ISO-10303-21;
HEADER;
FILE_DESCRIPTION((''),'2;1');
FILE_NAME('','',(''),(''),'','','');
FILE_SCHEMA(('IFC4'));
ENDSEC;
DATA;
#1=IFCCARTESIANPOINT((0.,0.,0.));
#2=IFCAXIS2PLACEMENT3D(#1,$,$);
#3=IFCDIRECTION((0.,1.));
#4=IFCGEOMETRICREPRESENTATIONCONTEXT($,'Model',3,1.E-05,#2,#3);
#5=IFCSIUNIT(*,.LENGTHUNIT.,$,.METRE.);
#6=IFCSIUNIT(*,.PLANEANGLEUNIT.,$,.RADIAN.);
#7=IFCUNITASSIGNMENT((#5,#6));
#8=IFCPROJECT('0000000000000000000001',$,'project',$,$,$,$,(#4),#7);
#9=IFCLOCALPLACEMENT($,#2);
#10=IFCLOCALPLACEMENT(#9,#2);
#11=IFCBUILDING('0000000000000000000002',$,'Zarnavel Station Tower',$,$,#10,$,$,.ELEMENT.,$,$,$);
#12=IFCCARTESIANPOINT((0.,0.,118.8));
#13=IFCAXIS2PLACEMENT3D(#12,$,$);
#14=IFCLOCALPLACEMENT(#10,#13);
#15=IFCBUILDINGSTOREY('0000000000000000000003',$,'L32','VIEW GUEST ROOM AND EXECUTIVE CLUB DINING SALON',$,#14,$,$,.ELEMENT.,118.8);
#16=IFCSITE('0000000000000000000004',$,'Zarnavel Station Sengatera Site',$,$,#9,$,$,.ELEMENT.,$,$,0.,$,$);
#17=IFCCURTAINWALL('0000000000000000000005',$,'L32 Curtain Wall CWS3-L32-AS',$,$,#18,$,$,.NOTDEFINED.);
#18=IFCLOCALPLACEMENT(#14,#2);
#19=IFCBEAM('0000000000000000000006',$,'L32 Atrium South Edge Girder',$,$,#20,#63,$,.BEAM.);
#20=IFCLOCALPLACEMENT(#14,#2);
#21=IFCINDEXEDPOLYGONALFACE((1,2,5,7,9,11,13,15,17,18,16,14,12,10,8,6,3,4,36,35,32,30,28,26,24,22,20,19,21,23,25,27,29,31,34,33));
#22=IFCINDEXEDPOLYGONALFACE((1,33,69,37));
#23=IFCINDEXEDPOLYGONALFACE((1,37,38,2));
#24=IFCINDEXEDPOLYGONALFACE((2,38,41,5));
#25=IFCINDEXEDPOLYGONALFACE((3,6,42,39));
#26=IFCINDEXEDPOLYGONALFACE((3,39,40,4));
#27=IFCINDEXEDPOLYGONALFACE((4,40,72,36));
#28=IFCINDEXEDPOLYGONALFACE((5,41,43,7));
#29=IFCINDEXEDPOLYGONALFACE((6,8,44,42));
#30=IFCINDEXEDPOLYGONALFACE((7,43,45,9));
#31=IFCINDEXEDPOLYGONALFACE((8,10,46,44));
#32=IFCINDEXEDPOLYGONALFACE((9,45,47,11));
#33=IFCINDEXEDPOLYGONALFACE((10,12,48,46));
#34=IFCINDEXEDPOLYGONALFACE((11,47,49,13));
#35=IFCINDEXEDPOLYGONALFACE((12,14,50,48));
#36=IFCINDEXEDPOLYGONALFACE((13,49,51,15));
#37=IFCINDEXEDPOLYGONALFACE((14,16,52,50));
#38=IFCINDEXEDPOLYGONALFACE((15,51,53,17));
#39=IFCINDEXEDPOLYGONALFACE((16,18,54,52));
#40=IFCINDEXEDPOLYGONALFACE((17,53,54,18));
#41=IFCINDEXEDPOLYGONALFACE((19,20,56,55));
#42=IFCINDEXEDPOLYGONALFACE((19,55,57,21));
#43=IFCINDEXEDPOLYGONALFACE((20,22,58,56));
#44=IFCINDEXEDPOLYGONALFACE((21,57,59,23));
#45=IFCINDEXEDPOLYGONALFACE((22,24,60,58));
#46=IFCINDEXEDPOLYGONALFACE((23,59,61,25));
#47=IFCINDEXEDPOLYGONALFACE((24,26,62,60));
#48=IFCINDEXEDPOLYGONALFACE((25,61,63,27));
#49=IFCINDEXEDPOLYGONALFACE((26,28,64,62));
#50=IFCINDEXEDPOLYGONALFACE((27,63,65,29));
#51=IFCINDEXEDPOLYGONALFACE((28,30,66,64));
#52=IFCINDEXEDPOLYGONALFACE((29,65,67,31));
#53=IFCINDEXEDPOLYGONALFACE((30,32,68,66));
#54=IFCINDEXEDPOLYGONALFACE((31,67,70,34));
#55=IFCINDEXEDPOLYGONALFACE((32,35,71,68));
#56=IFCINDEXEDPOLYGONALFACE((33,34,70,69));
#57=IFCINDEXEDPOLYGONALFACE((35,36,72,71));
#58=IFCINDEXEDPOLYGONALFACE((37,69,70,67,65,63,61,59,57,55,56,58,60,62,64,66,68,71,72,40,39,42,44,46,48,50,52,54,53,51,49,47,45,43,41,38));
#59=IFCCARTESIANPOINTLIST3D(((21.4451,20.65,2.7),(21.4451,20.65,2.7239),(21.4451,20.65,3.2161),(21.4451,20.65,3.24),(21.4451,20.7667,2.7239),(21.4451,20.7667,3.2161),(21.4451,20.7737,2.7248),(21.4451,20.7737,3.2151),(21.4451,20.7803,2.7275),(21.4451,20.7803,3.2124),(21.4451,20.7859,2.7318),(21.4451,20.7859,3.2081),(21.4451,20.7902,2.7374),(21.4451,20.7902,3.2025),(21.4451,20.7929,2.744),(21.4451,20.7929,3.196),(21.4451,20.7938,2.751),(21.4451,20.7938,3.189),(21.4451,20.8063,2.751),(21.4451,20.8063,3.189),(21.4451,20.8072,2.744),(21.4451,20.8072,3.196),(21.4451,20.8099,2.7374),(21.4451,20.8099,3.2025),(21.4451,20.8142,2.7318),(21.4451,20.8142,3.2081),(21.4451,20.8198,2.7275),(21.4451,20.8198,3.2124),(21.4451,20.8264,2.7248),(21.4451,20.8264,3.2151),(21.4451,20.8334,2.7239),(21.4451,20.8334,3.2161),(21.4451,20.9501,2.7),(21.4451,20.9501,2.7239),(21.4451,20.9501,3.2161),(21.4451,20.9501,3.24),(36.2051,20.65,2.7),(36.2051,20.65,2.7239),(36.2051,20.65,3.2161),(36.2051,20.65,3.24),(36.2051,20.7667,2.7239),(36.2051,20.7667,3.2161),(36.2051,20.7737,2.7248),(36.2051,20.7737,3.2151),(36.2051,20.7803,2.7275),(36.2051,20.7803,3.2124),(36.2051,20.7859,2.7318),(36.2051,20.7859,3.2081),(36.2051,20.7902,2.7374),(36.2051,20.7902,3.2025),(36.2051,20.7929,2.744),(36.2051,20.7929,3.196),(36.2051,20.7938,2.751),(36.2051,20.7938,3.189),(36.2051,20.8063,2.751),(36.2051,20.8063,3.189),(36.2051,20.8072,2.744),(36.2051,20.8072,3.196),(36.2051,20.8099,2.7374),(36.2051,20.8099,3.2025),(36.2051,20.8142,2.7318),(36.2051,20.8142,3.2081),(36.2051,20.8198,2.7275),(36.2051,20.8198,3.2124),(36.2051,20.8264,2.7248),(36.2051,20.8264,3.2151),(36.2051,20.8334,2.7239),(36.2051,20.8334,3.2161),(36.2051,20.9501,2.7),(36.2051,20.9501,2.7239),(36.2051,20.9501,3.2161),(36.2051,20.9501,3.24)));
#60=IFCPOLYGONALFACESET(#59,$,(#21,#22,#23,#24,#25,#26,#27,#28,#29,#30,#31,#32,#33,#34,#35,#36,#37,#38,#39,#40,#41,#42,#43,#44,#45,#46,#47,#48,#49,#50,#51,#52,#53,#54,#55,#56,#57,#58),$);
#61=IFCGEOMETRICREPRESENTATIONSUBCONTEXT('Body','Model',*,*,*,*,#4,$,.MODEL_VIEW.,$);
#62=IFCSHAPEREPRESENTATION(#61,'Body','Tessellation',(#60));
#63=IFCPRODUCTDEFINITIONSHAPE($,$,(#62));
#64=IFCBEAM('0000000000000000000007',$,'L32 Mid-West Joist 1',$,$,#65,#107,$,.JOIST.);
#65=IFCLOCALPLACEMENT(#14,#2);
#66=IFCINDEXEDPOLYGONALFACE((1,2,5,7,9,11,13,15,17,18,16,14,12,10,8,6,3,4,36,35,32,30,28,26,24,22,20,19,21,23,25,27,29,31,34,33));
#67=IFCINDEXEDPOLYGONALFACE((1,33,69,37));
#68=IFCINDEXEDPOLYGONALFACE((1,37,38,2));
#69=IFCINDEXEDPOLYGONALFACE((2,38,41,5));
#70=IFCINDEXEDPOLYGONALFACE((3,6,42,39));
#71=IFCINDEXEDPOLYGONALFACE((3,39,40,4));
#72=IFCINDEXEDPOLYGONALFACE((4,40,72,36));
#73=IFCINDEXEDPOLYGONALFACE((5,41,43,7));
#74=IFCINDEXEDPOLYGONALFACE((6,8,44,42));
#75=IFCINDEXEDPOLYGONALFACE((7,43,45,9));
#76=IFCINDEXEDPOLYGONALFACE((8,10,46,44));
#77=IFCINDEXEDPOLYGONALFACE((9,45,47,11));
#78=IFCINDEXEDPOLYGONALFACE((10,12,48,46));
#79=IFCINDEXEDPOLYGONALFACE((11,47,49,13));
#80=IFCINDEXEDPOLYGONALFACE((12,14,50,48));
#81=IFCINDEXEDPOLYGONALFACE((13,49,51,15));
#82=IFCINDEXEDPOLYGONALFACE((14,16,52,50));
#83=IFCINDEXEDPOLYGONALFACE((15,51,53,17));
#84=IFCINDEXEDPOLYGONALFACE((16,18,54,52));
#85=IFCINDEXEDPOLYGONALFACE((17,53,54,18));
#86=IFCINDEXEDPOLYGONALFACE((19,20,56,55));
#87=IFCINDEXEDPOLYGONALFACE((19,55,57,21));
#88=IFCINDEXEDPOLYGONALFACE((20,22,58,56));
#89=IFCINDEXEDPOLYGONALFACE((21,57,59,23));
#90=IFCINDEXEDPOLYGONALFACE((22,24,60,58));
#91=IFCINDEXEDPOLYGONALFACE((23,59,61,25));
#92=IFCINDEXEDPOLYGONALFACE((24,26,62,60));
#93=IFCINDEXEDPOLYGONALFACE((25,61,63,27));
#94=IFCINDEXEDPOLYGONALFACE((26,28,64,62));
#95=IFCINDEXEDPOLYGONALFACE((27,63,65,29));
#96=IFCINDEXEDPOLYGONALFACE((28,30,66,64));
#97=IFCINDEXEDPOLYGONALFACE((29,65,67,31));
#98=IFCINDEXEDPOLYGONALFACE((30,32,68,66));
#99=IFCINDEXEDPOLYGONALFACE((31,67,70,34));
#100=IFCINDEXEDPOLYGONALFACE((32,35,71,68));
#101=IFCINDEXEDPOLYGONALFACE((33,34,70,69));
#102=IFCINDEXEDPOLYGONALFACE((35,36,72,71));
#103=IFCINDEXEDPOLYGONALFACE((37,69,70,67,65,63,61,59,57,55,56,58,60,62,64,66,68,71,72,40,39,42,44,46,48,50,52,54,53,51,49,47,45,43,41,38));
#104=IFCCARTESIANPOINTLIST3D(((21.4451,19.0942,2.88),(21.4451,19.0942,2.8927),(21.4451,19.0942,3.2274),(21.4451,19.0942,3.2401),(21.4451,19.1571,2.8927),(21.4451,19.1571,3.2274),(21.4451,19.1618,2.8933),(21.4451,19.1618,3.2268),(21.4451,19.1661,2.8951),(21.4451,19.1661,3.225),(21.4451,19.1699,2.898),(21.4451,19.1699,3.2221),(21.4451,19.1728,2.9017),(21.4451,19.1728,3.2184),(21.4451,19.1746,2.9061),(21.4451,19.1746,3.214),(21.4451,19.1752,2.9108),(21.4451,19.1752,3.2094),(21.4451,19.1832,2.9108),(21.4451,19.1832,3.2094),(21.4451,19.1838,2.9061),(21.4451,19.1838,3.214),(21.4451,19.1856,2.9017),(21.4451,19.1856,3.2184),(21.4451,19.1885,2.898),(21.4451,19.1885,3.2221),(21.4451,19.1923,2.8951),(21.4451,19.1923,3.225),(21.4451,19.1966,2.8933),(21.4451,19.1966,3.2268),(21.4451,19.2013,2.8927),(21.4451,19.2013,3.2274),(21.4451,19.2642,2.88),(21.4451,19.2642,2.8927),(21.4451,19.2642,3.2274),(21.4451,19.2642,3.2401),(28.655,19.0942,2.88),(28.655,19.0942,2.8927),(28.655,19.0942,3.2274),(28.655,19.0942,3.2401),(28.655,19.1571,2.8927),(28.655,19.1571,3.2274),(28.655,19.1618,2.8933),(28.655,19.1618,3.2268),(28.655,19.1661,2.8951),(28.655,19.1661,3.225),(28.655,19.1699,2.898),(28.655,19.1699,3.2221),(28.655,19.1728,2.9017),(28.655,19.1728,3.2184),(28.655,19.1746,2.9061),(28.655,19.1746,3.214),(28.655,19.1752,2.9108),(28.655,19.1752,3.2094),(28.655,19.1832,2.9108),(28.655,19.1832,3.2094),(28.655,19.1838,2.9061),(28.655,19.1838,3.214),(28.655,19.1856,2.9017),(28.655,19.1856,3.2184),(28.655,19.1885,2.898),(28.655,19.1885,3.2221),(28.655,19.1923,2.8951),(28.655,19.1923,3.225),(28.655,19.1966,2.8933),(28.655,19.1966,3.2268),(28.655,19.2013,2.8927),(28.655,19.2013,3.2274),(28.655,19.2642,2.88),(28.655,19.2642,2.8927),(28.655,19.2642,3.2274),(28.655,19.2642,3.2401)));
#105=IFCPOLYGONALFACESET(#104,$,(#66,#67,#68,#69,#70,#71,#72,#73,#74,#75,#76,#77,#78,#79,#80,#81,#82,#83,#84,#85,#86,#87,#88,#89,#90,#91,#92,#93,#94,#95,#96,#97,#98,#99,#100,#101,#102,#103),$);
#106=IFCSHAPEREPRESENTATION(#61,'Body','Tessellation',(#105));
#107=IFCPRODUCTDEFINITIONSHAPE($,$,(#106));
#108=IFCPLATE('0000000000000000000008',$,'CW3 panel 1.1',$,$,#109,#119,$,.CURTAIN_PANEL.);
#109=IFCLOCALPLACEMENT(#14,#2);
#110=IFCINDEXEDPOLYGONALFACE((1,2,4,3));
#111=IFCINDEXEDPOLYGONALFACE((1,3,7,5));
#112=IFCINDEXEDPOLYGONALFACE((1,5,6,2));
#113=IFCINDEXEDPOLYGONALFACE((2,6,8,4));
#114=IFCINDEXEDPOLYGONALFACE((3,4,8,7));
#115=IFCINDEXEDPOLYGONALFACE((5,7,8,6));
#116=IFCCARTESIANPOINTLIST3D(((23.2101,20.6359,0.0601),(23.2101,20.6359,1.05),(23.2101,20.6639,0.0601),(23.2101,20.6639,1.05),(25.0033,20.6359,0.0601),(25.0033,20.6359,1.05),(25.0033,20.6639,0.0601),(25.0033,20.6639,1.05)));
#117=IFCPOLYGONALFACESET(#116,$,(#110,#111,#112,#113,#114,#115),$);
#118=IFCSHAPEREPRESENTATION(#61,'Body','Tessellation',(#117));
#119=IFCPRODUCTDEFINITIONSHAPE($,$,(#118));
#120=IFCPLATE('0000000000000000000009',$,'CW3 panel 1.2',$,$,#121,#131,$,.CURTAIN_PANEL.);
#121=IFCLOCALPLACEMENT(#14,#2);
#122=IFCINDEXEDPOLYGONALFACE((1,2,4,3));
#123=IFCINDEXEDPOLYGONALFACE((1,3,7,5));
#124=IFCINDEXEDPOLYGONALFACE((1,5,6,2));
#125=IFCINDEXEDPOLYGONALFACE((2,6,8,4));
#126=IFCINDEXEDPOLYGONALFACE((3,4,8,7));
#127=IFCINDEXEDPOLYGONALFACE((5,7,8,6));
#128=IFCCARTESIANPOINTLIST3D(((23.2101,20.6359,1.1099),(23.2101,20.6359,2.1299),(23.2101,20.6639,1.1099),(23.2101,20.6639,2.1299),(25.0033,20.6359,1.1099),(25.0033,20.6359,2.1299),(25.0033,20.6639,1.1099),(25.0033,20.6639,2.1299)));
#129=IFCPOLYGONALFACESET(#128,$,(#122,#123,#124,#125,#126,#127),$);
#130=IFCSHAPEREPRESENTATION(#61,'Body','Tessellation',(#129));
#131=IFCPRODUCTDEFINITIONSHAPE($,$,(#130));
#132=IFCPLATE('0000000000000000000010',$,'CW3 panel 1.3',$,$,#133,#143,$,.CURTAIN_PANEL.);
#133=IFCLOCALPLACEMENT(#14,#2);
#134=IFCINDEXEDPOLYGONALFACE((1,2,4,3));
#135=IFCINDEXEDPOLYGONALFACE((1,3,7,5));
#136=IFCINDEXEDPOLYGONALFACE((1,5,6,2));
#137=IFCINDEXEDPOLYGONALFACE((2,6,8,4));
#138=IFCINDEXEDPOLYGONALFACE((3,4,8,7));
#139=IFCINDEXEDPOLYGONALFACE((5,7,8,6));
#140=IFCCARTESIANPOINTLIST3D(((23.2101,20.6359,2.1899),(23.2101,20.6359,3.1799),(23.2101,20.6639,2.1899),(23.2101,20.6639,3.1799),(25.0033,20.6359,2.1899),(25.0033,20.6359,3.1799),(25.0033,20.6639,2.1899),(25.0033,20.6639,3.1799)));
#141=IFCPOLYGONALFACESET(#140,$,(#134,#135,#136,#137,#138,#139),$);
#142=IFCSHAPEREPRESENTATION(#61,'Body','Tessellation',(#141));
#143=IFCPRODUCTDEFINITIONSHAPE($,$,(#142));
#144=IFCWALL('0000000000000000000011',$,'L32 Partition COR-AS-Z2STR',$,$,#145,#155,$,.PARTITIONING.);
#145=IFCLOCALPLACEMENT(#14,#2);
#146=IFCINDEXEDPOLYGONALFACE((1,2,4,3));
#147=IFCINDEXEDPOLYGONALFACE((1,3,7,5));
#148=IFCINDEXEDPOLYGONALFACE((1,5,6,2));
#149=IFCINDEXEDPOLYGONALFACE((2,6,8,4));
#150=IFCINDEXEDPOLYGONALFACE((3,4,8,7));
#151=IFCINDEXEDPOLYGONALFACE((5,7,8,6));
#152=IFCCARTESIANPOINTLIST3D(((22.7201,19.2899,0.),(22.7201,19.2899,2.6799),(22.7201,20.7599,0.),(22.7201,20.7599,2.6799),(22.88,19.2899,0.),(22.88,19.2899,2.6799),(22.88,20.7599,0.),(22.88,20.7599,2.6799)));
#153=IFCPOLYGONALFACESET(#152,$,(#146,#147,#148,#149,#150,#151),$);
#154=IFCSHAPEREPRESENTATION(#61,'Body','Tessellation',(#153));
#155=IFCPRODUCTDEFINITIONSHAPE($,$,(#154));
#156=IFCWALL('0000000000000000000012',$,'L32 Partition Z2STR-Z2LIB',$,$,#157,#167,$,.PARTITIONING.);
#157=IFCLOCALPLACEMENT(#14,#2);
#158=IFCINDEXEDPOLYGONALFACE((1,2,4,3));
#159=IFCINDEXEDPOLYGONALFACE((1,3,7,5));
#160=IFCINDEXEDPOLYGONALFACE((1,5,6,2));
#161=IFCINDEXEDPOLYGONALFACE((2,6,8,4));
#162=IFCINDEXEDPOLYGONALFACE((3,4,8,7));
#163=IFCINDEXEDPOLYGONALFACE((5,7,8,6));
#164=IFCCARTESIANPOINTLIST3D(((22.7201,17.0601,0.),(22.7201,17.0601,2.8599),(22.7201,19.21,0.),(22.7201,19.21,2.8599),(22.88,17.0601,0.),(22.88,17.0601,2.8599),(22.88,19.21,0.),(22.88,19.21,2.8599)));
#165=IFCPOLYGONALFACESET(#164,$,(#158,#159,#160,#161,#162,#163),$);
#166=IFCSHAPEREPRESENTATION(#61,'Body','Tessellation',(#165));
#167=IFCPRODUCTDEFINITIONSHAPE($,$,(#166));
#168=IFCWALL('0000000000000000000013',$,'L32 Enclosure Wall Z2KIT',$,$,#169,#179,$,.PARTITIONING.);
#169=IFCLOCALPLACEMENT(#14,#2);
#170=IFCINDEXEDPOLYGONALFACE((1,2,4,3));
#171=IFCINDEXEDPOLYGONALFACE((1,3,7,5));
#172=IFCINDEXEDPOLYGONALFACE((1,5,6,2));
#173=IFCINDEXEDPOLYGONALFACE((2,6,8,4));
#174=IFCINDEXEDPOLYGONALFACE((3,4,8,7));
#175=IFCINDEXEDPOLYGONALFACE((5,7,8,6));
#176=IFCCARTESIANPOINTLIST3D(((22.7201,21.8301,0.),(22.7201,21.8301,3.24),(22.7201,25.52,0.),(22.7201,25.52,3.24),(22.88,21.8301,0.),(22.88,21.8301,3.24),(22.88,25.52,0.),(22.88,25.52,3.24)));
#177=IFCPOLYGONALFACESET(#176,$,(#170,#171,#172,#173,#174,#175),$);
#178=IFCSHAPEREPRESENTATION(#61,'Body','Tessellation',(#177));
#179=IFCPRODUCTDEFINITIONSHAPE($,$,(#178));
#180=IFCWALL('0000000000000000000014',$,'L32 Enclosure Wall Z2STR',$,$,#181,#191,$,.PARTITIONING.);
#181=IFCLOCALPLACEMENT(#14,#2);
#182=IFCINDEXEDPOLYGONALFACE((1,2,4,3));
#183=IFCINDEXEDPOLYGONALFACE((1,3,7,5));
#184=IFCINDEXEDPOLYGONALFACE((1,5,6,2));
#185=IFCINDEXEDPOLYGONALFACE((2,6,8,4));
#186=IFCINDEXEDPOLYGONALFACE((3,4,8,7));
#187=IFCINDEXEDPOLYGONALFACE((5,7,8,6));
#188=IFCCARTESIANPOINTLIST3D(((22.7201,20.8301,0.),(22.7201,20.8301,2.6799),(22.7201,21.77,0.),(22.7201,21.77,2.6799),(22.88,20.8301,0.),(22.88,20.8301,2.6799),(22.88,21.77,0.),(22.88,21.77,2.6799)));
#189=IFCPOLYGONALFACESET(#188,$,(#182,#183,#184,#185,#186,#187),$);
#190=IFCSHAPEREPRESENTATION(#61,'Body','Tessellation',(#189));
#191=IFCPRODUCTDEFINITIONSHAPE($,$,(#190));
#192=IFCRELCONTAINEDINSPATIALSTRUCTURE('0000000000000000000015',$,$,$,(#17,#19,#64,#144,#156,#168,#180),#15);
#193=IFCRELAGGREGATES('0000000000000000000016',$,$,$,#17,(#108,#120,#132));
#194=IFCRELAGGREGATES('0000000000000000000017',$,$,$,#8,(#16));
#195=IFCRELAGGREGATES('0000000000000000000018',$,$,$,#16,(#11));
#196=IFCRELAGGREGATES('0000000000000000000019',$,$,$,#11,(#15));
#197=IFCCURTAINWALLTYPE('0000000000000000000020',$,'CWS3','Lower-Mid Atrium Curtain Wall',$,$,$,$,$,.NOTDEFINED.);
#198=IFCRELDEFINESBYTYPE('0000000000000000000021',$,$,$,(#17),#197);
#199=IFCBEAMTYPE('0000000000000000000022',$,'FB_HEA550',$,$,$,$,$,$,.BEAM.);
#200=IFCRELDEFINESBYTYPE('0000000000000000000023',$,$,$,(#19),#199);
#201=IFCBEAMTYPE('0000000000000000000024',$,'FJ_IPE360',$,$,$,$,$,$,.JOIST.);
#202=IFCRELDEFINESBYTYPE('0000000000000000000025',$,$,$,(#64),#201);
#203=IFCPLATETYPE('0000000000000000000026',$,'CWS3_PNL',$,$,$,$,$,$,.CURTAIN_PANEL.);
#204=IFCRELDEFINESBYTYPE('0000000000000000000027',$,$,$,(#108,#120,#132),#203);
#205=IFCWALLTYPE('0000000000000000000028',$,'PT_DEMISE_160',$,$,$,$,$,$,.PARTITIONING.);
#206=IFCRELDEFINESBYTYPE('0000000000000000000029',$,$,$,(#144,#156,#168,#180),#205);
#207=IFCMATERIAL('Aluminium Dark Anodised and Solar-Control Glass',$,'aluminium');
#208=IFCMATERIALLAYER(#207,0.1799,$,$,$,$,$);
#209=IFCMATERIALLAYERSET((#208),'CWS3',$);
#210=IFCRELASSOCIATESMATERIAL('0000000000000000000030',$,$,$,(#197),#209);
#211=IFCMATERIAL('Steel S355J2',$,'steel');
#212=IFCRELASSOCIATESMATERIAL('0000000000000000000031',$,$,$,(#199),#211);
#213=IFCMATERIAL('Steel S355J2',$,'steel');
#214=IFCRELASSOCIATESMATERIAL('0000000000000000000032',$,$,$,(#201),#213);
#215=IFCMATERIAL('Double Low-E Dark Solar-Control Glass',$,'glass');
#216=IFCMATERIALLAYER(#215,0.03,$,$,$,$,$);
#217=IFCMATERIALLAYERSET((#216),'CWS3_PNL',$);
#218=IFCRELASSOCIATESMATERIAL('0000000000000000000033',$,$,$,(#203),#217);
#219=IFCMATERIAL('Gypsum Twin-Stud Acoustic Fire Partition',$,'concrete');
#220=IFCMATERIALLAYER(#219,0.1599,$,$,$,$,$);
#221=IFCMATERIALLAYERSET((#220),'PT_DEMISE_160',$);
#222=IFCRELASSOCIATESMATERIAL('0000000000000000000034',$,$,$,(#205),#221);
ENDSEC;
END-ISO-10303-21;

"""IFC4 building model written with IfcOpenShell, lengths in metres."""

from ifc_helpers import new_model, si_unit, direction, frame, frame_2d, origin, origin_2d, place, context, subcontext, project, spatial, rectangle, i_section, extrude, material, layer, layer_set, material_profile, profile_set, type_object, element, aggregate, save


model = new_model("IFC4")

# Units and contexts
model_context = context("Model", 3, precision=1e-05, world=origin(), true_north=direction((0.0, 1.0)))
body_context = subcontext(model_context, "Body", "Model", "MODEL_VIEW")
ifc_project = project(units=[si_unit("LENGTHUNIT", "METRE"), si_unit("PLANEANGLEUNIT", "RADIAN")], contexts=[model_context])

# Site, building, storey
site_placement = place(None, origin())
site = spatial("IfcSite", under=ifc_project, at=site_placement, Name="Zarnavel Station Sengatera Site", CompositionType="ELEMENT", RefElevation=0.0)
building_placement = place(site_placement, origin())
building = spatial("IfcBuilding", under=site, at=building_placement, Name="Zarnavel Station Tower", CompositionType="ELEMENT")
storey_placement = place(building_placement, frame((0.0, 0.0, 118.8)))
storey = spatial("IfcBuildingStorey", under=building, at=storey_placement, Name="L32", Description="VIEW GUEST ROOM AND EXECUTIVE CLUB DINING SALON", CompositionType="ELEMENT", Elevation=118.8)

# Curtain wall
ifc_material_1 = material(Name="Aluminium Dark Anodised and Solar-Control Glass", Category="aluminium")
ifc_layer_1 = layer(ifc_material_1, 0.1799)
ifc_layer_set_1 = layer_set([ifc_layer_1], Name="CWS3")
curtain_wall_type_1 = type_object("IfcCurtainWallType", Name="CWS3", Description="Lower-Mid Atrium Curtain Wall", PredefinedType="NOTDEFINED", material=ifc_layer_set_1)
curtain_wall_1_placement = place(storey_placement, origin())
curtain_wall_1 = element("IfcCurtainWall", 1, at=curtain_wall_1_placement, inside=storey, type_object=curtain_wall_type_1, Name="L32 Curtain Wall CWS3-L32-AS", PredefinedType="NOTDEFINED")

# Beams
ifc_material_2 = material(Name="Steel S355J2", Category="steel")
ifc_material_profile_1 = material_profile(ifc_material_2, i_section(OverallWidth=0.3, OverallDepth=0.54, WebThickness=0.0125, FlangeThickness=0.0239, FilletRadius=0.0271, at=origin_2d()), Name="HEA550")
ifc_profile_set_1 = profile_set([ifc_material_profile_1], Name="Steel S355J2")
beam_type_1 = type_object("IfcBeamType", Name="FB_HEA550", PredefinedType="BEAM", material=ifc_profile_set_1)
beam_1_placement = place(storey_placement, frame((21.4451, 20.8, 2.97), z_axis=(1.0, 0.0, 0.0), x_axis=(0.0, 1.0, 0.0)))
element("IfcBeam", 2, at=beam_1_placement, inside=storey, type_object=beam_type_1, Name="L32 Atrium South Edge Girder", PredefinedType="BEAM", context=body_context, shape_type="SweptSolid", body=[
    extrude(i_section(OverallWidth=0.3, OverallDepth=0.54, WebThickness=0.0125, FlangeThickness=0.0239, FilletRadius=0.0271, at=origin_2d()), origin(), (0.0, 0.0, 1.0), 14.76),
])
ifc_material_3 = material(Name="Steel S355J2", Category="steel")
ifc_material_profile_2 = material_profile(ifc_material_3, i_section(OverallWidth=0.1699, OverallDepth=0.3601, WebThickness=0.0081, FlangeThickness=0.0127, FilletRadius=0.0181, at=origin_2d()), Name="IPE360")
ifc_profile_set_2 = profile_set([ifc_material_profile_2], Name="Steel S355J2")
beam_type_2 = type_object("IfcBeamType", Name="FJ_IPE360", PredefinedType="JOIST", material=ifc_profile_set_2)
beam_2_placement = place(storey_placement, frame((21.4451, 19.1792, 3.0601), z_axis=(1.0, 0.0, 0.0), x_axis=(0.0, 1.0, 0.0)))
element("IfcBeam", 3, at=beam_2_placement, inside=storey, type_object=beam_type_2, Name="L32 Mid-West Joist 1", PredefinedType="JOIST", context=body_context, shape_type="SweptSolid", body=[
    extrude(i_section(OverallWidth=0.1699, OverallDepth=0.3601, WebThickness=0.0081, FlangeThickness=0.0127, FilletRadius=0.0181, at=origin_2d()), origin(), (0.0, 0.0, 1.0), 7.21),
])

# Plates
ifc_material_4 = material(Name="Double Low-E Dark Solar-Control Glass", Category="glass")
ifc_layer_2 = layer(ifc_material_4, 0.03)
ifc_layer_set_2 = layer_set([ifc_layer_2], Name="CWS3_PNL")
plate_type = type_object("IfcPlateType", Name="CWS3_PNL", PredefinedType="CURTAIN_PANEL", material=ifc_layer_set_2)
plate_1_placement = place(storey_placement, frame((24.1067, 20.6499, 0.0601), z_axis=(0.0, 0.0, 1.0), x_axis=(1.0, 0.0, 0.0)))
plate_1 = element("IfcPlate", 4, at=plate_1_placement, type_object=plate_type, Name="CW3 panel 1.1", PredefinedType="CURTAIN_PANEL", context=body_context, shape_type="SweptSolid", body=[
    extrude(rectangle(XDim=1.7932, YDim=0.0281, at=origin_2d()), origin(), (0.0, 0.0, 1.0), 0.99),
])
plate_2_placement = place(storey_placement, frame((24.1067, 20.6499, 1.1099), z_axis=(0.0, 0.0, 1.0), x_axis=(1.0, 0.0, 0.0)))
plate_2 = element("IfcPlate", 5, at=plate_2_placement, type_object=plate_type, Name="CW3 panel 1.2", PredefinedType="CURTAIN_PANEL", context=body_context, shape_type="SweptSolid", body=[
    extrude(rectangle(XDim=1.7932, YDim=0.0281, at=origin_2d()), origin(), (0.0, 0.0, 1.0), 1.02),
])
plate_3_placement = place(storey_placement, frame((24.1067, 20.6499, 2.1899), z_axis=(0.0, 0.0, 1.0), x_axis=(1.0, 0.0, 0.0)))
plate_3 = element("IfcPlate", 6, at=plate_3_placement, type_object=plate_type, Name="CW3 panel 1.3", PredefinedType="CURTAIN_PANEL", context=body_context, shape_type="SweptSolid", body=[
    extrude(rectangle(XDim=1.7932, YDim=0.0281, at=origin_2d()), origin(), (0.0, 0.0, 1.0), 0.99),
])
aggregate(curtain_wall_1, [plate_1, plate_2, plate_3])

# Walls
ifc_material_5 = material(Name="Gypsum Twin-Stud Acoustic Fire Partition", Category="concrete")
ifc_layer_3 = layer(ifc_material_5, 0.1599)
ifc_layer_set_3 = layer_set([ifc_layer_3], Name="PT_DEMISE_160")
wall_type_1 = type_object("IfcWallType", Name="PT_DEMISE_160", PredefinedType="PARTITIONING", material=ifc_layer_set_3)
wall_1_placement = place(storey_placement, frame((22.8, 19.29, 0.0), z_axis=(0.0, 0.0, 1.0), x_axis=(0.0, 1.0, 0.0)))
element("IfcWall", 7, at=wall_1_placement, inside=storey, type_object=wall_type_1, Name="L32 Partition COR-AS-Z2STR", PredefinedType="PARTITIONING", context=body_context, shape_type="SweptSolid", body=[
    extrude(rectangle(XDim=1.47, YDim=0.1599, at=frame_2d((0.7349, 0.0))), origin(), (0.0, 0.0, 1.0), 2.6799),
])
wall_2_placement = place(storey_placement, frame((22.8, 17.0601, 0.0), z_axis=(0.0, 0.0, 1.0), x_axis=(0.0, 1.0, 0.0)))
element("IfcWall", 8, at=wall_2_placement, inside=storey, type_object=wall_type_1, Name="L32 Partition Z2STR-Z2LIB", PredefinedType="PARTITIONING", context=body_context, shape_type="SweptSolid", body=[
    extrude(rectangle(XDim=2.1499, YDim=0.1599, at=frame_2d((1.075, 0.0))), origin(), (0.0, 0.0, 1.0), 2.8599),
])
wall_3_placement = place(storey_placement, frame((22.8, 21.8301, 0.0), z_axis=(0.0, 0.0, 1.0), x_axis=(0.0, 1.0, 0.0)))
element("IfcWall", 9, at=wall_3_placement, inside=storey, type_object=wall_type_1, Name="L32 Enclosure Wall Z2KIT", PredefinedType="PARTITIONING", context=body_context, shape_type="SweptSolid", body=[
    extrude(rectangle(XDim=3.6899, YDim=0.1599, at=frame_2d((1.845, 0.0))), origin(), (0.0, 0.0, 1.0), 3.24),
])
wall_4_placement = place(storey_placement, frame((22.8, 20.8301, 0.0), z_axis=(0.0, 0.0, 1.0), x_axis=(0.0, 1.0, 0.0)))
element("IfcWall", 10, at=wall_4_placement, inside=storey, type_object=wall_type_1, Name="L32 Enclosure Wall Z2STR", PredefinedType="PARTITIONING", context=body_context, shape_type="SweptSolid", body=[
    extrude(rectangle(XDim=0.9399, YDim=0.1599, at=frame_2d((0.47, 0.0))), origin(), (0.0, 0.0, 1.0), 2.6799),
])

save(model, "model.ifc")
